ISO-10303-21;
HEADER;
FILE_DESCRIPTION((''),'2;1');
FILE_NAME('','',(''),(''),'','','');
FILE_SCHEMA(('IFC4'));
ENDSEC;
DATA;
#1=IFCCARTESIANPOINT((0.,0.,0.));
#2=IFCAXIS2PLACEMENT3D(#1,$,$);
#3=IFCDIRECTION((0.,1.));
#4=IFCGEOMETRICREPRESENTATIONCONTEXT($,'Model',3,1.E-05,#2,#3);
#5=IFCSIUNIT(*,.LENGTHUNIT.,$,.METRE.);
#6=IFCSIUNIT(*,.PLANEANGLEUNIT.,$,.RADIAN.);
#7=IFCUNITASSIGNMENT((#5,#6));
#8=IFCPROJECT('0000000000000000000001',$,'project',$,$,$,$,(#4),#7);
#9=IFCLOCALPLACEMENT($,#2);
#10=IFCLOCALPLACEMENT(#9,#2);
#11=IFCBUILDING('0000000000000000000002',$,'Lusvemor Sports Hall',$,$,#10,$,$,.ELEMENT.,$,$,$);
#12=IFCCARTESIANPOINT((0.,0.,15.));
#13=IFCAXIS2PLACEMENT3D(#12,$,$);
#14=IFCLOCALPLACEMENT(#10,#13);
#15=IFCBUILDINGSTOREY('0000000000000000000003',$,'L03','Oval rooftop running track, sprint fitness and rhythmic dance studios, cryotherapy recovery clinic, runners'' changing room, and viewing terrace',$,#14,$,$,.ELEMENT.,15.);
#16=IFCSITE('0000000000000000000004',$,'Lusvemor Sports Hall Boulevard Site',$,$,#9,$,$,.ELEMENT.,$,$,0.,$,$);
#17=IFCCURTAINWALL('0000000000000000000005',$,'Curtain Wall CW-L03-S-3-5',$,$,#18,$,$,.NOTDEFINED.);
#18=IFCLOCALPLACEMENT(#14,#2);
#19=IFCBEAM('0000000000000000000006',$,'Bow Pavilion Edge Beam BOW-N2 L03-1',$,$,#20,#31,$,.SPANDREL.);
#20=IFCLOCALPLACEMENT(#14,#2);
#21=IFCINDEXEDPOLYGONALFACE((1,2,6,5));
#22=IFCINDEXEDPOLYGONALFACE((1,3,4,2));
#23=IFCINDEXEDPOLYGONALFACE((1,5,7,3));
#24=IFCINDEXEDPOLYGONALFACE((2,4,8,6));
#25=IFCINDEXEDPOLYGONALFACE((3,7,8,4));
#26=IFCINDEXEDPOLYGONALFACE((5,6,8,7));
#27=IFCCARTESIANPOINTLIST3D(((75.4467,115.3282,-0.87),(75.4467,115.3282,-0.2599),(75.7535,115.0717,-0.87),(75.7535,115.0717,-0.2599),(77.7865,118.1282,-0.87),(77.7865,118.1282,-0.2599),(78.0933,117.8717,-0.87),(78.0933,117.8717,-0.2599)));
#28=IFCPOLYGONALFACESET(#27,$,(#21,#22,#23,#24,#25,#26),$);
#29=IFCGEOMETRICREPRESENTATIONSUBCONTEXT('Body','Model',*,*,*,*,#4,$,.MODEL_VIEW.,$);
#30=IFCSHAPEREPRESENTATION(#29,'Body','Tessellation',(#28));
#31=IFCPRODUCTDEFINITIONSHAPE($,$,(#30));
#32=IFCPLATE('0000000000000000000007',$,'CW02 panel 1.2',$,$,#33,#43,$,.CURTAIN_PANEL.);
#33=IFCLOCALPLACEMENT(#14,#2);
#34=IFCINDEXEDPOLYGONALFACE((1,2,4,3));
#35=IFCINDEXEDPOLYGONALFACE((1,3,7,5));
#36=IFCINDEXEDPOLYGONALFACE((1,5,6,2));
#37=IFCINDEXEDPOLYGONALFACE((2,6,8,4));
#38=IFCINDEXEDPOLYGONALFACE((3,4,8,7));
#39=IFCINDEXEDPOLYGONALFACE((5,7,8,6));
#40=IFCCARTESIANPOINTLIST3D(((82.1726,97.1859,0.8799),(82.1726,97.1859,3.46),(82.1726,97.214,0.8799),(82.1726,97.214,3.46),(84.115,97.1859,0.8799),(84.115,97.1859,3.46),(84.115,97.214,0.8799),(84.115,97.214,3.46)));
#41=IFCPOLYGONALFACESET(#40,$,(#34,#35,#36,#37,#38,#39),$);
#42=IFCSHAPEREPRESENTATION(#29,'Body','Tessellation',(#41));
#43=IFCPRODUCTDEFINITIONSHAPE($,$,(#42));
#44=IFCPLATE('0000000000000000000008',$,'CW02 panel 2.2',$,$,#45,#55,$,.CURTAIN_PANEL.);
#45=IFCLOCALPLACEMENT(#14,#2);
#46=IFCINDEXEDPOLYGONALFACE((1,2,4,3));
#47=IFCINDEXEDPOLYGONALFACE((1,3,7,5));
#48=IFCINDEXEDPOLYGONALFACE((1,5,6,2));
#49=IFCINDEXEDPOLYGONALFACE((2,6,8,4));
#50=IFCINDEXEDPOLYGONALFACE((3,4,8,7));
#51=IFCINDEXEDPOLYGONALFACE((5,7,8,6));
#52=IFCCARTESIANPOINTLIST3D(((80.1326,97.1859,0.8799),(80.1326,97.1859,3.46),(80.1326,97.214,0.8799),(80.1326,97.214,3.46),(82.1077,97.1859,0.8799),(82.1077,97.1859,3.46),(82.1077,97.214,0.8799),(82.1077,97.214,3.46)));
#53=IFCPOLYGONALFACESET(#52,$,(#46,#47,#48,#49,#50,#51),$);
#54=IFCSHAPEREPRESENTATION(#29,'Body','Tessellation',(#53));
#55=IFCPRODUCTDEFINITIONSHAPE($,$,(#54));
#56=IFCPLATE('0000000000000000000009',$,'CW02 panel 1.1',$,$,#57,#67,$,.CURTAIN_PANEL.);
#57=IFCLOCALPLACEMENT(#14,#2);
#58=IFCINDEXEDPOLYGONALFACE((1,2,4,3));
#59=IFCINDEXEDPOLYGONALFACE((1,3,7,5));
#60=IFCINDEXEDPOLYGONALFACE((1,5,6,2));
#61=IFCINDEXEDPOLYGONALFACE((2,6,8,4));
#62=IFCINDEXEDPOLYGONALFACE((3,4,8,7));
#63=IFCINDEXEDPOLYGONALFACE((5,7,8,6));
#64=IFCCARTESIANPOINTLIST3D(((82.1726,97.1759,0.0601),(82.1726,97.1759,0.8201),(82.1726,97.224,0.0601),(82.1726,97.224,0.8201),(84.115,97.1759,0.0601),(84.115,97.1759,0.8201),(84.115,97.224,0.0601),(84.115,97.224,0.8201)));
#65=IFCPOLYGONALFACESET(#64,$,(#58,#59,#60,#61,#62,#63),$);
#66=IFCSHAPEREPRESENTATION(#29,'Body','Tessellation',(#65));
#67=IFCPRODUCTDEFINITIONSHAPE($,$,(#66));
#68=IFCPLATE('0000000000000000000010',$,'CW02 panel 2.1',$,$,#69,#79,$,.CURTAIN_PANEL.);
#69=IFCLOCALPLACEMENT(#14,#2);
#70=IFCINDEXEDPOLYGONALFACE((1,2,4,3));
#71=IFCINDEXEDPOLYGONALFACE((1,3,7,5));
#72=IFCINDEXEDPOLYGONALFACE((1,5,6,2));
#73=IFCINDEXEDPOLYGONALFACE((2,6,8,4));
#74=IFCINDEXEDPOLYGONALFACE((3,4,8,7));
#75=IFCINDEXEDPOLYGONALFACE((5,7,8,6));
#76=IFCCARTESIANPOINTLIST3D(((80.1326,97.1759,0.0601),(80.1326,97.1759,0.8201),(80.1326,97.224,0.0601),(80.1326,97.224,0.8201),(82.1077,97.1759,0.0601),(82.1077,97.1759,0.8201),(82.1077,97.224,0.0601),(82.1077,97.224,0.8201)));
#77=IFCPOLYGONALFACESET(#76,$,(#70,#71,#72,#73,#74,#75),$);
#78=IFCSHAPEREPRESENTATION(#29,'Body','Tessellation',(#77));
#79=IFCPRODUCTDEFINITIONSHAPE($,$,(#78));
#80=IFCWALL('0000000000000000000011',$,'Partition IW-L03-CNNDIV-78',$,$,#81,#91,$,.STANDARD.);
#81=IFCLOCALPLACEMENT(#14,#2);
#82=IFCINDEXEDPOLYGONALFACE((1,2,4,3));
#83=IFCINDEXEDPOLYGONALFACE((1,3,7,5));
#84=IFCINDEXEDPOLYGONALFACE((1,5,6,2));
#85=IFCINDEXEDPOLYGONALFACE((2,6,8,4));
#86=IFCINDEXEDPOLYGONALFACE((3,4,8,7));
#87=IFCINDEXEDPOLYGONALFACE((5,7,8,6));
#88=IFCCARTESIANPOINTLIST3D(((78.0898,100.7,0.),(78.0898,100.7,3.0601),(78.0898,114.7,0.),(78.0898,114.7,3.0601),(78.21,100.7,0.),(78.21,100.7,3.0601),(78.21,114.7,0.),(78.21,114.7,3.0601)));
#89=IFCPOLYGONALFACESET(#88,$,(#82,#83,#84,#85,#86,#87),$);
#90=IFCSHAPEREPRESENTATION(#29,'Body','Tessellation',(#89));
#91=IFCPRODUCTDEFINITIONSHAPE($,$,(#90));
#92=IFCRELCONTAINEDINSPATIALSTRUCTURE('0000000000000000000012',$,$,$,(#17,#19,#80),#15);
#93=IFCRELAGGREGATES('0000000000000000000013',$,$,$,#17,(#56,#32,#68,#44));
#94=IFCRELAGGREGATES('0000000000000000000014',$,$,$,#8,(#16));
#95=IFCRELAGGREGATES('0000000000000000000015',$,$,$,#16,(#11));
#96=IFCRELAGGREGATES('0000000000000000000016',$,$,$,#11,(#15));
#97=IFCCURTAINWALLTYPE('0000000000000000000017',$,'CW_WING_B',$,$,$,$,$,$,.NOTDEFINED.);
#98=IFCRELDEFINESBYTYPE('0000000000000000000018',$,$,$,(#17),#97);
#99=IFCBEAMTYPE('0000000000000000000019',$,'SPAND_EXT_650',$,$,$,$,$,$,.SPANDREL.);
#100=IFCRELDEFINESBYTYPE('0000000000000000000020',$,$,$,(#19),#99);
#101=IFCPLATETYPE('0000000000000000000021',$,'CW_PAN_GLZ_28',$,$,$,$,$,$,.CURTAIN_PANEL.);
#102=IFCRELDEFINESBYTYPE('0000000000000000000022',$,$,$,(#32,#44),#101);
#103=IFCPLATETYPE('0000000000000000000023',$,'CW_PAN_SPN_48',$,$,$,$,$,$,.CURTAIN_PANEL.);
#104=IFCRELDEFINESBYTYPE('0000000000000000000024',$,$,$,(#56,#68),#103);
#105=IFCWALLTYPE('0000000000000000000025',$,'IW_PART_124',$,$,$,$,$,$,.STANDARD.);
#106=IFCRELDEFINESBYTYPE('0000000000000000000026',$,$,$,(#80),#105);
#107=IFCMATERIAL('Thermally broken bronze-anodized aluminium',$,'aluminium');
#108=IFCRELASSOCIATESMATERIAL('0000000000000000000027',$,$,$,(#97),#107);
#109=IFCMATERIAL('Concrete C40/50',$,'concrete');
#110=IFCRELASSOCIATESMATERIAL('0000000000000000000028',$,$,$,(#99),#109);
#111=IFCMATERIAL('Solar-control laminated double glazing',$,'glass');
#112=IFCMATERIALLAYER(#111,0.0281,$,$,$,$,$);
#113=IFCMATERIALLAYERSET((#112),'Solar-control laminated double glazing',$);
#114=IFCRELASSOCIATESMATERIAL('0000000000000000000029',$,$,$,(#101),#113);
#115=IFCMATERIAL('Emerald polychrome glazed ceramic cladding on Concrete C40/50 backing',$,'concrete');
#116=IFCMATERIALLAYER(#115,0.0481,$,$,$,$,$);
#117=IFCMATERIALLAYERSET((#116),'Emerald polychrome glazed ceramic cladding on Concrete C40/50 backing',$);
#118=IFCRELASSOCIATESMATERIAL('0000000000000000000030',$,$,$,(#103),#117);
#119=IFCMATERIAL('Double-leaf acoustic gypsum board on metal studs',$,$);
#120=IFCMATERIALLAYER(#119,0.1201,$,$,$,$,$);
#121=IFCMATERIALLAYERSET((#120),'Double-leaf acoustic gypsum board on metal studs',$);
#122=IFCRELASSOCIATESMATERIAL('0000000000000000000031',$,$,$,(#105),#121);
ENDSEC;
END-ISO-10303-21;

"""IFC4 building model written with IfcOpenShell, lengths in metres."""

from ifc_helpers import new_model, si_unit, direction, frame, frame_2d, origin, origin_2d, place, context, subcontext, project, spatial, rectangle, extrude, material, layer, layer_set, material_profile, profile_set, type_object, element, aggregate, save


model = new_model("IFC4")

# Units and contexts
model_context = context("Model", 3, precision=1e-05, world=origin(), true_north=direction((0.0, 1.0)))
body_context = subcontext(model_context, "Body", "Model", "MODEL_VIEW")
ifc_project = project(units=[si_unit("LENGTHUNIT", "METRE"), si_unit("PLANEANGLEUNIT", "RADIAN")], contexts=[model_context])

# Site, building, storey
site_placement = place(None, origin())
site = spatial("IfcSite", under=ifc_project, at=site_placement, Name="Lusvemor Sports Hall Boulevard Site", CompositionType="ELEMENT", RefElevation=0.0)
building_placement = place(site_placement, origin())
building = spatial("IfcBuilding", under=site, at=building_placement, Name="Lusvemor Sports Hall", CompositionType="ELEMENT")
storey_placement = place(building_placement, frame((0.0, 0.0, 15.0)))
storey = spatial("IfcBuildingStorey", under=building, at=storey_placement, Name="L03", Description="Oval rooftop running track, sprint fitness and rhythmic dance studios, cryotherapy recovery clinic, runners' changing room, and viewing terrace", CompositionType="ELEMENT", Elevation=15.0)

# Shared definitions
ifc_material_1 = material(Name="Thermally broken bronze-anodized aluminium", Category="aluminium")
curtain_wall_type = type_object("IfcCurtainWallType", Name="CW_WING_B", PredefinedType="NOTDEFINED", material=ifc_material_1)

# Curtain wall
curtain_wall_1_placement = place(storey_placement, origin())
curtain_wall_1 = element("IfcCurtainWall", 1, at=curtain_wall_1_placement, inside=storey, type_object=curtain_wall_type, Name="Curtain Wall CW-L03-S-3-5", PredefinedType="NOTDEFINED")

# Beam
ifc_material_2 = material(Name="Concrete C40/50", Category="concrete")
ifc_material_profile_1 = material_profile(ifc_material_2, rectangle(XDim=0.3999, YDim=0.6101, at=origin_2d()), Name="RC400x610")
ifc_profile_set_1 = profile_set([ifc_material_profile_1], Name="Concrete C40/50")
beam_type_1 = type_object("IfcBeamType", Name="SPAND_EXT_650", PredefinedType="SPANDREL", material=ifc_profile_set_1)
beam_1_placement = place(storey_placement, frame((75.6001, 115.2, -0.5649), z_axis=(0.64123, 0.767349, 0.0), x_axis=(-0.767349, 0.64123, 0.0)))
element("IfcBeam", 2, at=beam_1_placement, inside=storey, type_object=beam_type_1, Name="Bow Pavilion Edge Beam BOW-N2 L03-1", PredefinedType="SPANDREL", context=body_context, shape_type="SweptSolid", body=[
    extrude(rectangle(XDim=0.3999, YDim=0.6101, at=origin_2d()), origin(), (0.0, 0.0, 1.0), 3.6489),
])

# Plates
ifc_material_3 = material(Name="Solar-control laminated double glazing", Category="glass")
ifc_layer_1 = layer(ifc_material_3, 0.0281)
ifc_layer_set_1 = layer_set([ifc_layer_1], Name="Solar-control laminated double glazing")
plate_type_1 = type_object("IfcPlateType", Name="CW_PAN_GLZ_28", PredefinedType="CURTAIN_PANEL", material=ifc_layer_set_1)
plate_1_placement = place(storey_placement, frame((83.1438, 97.2, 0.8799), z_axis=(0.0, 0.0, 1.0), x_axis=(-1.0, 0.0, 0.0)))
plate_1 = element("IfcPlate", 3, at=plate_1_placement, type_object=plate_type_1, Name="CW02 panel 1.2", PredefinedType="CURTAIN_PANEL", context=body_context, shape_type="SweptSolid", body=[
    extrude(rectangle(XDim=1.9424, YDim=0.0281, at=origin_2d()), origin(), (0.0, 0.0, 1.0), 2.5801),
])
plate_2_placement = place(storey_placement, frame((81.1201, 97.2, 0.8799), z_axis=(0.0, 0.0, 1.0), x_axis=(-1.0, 0.0, 0.0)))
plate_2 = element("IfcPlate", 4, at=plate_2_placement, type_object=plate_type_1, Name="CW02 panel 2.2", PredefinedType="CURTAIN_PANEL", context=body_context, shape_type="SweptSolid", body=[
    extrude(rectangle(XDim=1.9751, YDim=0.0281, at=origin_2d()), origin(), (0.0, 0.0, 1.0), 2.5801),
])
ifc_material_4 = material(Name="Emerald polychrome glazed ceramic cladding on Concrete C40/50 backing", Category="concrete")
ifc_layer_2 = layer(ifc_material_4, 0.0481)
ifc_layer_set_2 = layer_set([ifc_layer_2], Name="Emerald polychrome glazed ceramic cladding on Concrete C40/50 backing")
plate_type_2 = type_object("IfcPlateType", Name="CW_PAN_SPN_48", PredefinedType="CURTAIN_PANEL", material=ifc_layer_set_2)
plate_3_placement = place(storey_placement, frame((83.1438, 97.2, 0.0601), z_axis=(0.0, 0.0, 1.0), x_axis=(-1.0, 0.0, 0.0)))
plate_3 = element("IfcPlate", 5, at=plate_3_placement, type_object=plate_type_2, Name="CW02 panel 1.1", PredefinedType="CURTAIN_PANEL", context=body_context, shape_type="SweptSolid", body=[
    extrude(rectangle(XDim=1.9424, YDim=0.0481, at=origin_2d()), origin(), (0.0, 0.0, 1.0), 0.76),
])
plate_4_placement = place(storey_placement, frame((81.1201, 97.2, 0.0601), z_axis=(0.0, 0.0, 1.0), x_axis=(-1.0, 0.0, 0.0)))
plate_4 = element("IfcPlate", 6, at=plate_4_placement, type_object=plate_type_2, Name="CW02 panel 2.1", PredefinedType="CURTAIN_PANEL", context=body_context, shape_type="SweptSolid", body=[
    extrude(rectangle(XDim=1.9751, YDim=0.0481, at=origin_2d()), origin(), (0.0, 0.0, 1.0), 0.76),
])
aggregate(curtain_wall_1, [plate_3, plate_1, plate_4, plate_2])

# Wall
ifc_material_5 = material(Name="Double-leaf acoustic gypsum board on metal studs")
ifc_layer_3 = layer(ifc_material_5, 0.1201)
ifc_layer_set_3 = layer_set([ifc_layer_3], Name="Double-leaf acoustic gypsum board on metal studs")
wall_type = type_object("IfcWallType", Name="IW_PART_124", PredefinedType="STANDARD", material=ifc_layer_set_3)
wall_placement = place(storey_placement, frame((78.1499, 100.7, 0.0), z_axis=(0.0, 0.0, 1.0), x_axis=(0.0, 1.0, 0.0)))
element("IfcWall", 7, at=wall_placement, inside=storey, type_object=wall_type, Name="Partition IW-L03-CNNDIV-78", PredefinedType="STANDARD", context=body_context, shape_type="SweptSolid", body=[
    extrude(rectangle(XDim=14.0, YDim=0.1201, at=frame_2d((7.0, 0.0))), origin(), (0.0, 0.0, 1.0), 3.0601),
])

save(model, "model.ifc")
